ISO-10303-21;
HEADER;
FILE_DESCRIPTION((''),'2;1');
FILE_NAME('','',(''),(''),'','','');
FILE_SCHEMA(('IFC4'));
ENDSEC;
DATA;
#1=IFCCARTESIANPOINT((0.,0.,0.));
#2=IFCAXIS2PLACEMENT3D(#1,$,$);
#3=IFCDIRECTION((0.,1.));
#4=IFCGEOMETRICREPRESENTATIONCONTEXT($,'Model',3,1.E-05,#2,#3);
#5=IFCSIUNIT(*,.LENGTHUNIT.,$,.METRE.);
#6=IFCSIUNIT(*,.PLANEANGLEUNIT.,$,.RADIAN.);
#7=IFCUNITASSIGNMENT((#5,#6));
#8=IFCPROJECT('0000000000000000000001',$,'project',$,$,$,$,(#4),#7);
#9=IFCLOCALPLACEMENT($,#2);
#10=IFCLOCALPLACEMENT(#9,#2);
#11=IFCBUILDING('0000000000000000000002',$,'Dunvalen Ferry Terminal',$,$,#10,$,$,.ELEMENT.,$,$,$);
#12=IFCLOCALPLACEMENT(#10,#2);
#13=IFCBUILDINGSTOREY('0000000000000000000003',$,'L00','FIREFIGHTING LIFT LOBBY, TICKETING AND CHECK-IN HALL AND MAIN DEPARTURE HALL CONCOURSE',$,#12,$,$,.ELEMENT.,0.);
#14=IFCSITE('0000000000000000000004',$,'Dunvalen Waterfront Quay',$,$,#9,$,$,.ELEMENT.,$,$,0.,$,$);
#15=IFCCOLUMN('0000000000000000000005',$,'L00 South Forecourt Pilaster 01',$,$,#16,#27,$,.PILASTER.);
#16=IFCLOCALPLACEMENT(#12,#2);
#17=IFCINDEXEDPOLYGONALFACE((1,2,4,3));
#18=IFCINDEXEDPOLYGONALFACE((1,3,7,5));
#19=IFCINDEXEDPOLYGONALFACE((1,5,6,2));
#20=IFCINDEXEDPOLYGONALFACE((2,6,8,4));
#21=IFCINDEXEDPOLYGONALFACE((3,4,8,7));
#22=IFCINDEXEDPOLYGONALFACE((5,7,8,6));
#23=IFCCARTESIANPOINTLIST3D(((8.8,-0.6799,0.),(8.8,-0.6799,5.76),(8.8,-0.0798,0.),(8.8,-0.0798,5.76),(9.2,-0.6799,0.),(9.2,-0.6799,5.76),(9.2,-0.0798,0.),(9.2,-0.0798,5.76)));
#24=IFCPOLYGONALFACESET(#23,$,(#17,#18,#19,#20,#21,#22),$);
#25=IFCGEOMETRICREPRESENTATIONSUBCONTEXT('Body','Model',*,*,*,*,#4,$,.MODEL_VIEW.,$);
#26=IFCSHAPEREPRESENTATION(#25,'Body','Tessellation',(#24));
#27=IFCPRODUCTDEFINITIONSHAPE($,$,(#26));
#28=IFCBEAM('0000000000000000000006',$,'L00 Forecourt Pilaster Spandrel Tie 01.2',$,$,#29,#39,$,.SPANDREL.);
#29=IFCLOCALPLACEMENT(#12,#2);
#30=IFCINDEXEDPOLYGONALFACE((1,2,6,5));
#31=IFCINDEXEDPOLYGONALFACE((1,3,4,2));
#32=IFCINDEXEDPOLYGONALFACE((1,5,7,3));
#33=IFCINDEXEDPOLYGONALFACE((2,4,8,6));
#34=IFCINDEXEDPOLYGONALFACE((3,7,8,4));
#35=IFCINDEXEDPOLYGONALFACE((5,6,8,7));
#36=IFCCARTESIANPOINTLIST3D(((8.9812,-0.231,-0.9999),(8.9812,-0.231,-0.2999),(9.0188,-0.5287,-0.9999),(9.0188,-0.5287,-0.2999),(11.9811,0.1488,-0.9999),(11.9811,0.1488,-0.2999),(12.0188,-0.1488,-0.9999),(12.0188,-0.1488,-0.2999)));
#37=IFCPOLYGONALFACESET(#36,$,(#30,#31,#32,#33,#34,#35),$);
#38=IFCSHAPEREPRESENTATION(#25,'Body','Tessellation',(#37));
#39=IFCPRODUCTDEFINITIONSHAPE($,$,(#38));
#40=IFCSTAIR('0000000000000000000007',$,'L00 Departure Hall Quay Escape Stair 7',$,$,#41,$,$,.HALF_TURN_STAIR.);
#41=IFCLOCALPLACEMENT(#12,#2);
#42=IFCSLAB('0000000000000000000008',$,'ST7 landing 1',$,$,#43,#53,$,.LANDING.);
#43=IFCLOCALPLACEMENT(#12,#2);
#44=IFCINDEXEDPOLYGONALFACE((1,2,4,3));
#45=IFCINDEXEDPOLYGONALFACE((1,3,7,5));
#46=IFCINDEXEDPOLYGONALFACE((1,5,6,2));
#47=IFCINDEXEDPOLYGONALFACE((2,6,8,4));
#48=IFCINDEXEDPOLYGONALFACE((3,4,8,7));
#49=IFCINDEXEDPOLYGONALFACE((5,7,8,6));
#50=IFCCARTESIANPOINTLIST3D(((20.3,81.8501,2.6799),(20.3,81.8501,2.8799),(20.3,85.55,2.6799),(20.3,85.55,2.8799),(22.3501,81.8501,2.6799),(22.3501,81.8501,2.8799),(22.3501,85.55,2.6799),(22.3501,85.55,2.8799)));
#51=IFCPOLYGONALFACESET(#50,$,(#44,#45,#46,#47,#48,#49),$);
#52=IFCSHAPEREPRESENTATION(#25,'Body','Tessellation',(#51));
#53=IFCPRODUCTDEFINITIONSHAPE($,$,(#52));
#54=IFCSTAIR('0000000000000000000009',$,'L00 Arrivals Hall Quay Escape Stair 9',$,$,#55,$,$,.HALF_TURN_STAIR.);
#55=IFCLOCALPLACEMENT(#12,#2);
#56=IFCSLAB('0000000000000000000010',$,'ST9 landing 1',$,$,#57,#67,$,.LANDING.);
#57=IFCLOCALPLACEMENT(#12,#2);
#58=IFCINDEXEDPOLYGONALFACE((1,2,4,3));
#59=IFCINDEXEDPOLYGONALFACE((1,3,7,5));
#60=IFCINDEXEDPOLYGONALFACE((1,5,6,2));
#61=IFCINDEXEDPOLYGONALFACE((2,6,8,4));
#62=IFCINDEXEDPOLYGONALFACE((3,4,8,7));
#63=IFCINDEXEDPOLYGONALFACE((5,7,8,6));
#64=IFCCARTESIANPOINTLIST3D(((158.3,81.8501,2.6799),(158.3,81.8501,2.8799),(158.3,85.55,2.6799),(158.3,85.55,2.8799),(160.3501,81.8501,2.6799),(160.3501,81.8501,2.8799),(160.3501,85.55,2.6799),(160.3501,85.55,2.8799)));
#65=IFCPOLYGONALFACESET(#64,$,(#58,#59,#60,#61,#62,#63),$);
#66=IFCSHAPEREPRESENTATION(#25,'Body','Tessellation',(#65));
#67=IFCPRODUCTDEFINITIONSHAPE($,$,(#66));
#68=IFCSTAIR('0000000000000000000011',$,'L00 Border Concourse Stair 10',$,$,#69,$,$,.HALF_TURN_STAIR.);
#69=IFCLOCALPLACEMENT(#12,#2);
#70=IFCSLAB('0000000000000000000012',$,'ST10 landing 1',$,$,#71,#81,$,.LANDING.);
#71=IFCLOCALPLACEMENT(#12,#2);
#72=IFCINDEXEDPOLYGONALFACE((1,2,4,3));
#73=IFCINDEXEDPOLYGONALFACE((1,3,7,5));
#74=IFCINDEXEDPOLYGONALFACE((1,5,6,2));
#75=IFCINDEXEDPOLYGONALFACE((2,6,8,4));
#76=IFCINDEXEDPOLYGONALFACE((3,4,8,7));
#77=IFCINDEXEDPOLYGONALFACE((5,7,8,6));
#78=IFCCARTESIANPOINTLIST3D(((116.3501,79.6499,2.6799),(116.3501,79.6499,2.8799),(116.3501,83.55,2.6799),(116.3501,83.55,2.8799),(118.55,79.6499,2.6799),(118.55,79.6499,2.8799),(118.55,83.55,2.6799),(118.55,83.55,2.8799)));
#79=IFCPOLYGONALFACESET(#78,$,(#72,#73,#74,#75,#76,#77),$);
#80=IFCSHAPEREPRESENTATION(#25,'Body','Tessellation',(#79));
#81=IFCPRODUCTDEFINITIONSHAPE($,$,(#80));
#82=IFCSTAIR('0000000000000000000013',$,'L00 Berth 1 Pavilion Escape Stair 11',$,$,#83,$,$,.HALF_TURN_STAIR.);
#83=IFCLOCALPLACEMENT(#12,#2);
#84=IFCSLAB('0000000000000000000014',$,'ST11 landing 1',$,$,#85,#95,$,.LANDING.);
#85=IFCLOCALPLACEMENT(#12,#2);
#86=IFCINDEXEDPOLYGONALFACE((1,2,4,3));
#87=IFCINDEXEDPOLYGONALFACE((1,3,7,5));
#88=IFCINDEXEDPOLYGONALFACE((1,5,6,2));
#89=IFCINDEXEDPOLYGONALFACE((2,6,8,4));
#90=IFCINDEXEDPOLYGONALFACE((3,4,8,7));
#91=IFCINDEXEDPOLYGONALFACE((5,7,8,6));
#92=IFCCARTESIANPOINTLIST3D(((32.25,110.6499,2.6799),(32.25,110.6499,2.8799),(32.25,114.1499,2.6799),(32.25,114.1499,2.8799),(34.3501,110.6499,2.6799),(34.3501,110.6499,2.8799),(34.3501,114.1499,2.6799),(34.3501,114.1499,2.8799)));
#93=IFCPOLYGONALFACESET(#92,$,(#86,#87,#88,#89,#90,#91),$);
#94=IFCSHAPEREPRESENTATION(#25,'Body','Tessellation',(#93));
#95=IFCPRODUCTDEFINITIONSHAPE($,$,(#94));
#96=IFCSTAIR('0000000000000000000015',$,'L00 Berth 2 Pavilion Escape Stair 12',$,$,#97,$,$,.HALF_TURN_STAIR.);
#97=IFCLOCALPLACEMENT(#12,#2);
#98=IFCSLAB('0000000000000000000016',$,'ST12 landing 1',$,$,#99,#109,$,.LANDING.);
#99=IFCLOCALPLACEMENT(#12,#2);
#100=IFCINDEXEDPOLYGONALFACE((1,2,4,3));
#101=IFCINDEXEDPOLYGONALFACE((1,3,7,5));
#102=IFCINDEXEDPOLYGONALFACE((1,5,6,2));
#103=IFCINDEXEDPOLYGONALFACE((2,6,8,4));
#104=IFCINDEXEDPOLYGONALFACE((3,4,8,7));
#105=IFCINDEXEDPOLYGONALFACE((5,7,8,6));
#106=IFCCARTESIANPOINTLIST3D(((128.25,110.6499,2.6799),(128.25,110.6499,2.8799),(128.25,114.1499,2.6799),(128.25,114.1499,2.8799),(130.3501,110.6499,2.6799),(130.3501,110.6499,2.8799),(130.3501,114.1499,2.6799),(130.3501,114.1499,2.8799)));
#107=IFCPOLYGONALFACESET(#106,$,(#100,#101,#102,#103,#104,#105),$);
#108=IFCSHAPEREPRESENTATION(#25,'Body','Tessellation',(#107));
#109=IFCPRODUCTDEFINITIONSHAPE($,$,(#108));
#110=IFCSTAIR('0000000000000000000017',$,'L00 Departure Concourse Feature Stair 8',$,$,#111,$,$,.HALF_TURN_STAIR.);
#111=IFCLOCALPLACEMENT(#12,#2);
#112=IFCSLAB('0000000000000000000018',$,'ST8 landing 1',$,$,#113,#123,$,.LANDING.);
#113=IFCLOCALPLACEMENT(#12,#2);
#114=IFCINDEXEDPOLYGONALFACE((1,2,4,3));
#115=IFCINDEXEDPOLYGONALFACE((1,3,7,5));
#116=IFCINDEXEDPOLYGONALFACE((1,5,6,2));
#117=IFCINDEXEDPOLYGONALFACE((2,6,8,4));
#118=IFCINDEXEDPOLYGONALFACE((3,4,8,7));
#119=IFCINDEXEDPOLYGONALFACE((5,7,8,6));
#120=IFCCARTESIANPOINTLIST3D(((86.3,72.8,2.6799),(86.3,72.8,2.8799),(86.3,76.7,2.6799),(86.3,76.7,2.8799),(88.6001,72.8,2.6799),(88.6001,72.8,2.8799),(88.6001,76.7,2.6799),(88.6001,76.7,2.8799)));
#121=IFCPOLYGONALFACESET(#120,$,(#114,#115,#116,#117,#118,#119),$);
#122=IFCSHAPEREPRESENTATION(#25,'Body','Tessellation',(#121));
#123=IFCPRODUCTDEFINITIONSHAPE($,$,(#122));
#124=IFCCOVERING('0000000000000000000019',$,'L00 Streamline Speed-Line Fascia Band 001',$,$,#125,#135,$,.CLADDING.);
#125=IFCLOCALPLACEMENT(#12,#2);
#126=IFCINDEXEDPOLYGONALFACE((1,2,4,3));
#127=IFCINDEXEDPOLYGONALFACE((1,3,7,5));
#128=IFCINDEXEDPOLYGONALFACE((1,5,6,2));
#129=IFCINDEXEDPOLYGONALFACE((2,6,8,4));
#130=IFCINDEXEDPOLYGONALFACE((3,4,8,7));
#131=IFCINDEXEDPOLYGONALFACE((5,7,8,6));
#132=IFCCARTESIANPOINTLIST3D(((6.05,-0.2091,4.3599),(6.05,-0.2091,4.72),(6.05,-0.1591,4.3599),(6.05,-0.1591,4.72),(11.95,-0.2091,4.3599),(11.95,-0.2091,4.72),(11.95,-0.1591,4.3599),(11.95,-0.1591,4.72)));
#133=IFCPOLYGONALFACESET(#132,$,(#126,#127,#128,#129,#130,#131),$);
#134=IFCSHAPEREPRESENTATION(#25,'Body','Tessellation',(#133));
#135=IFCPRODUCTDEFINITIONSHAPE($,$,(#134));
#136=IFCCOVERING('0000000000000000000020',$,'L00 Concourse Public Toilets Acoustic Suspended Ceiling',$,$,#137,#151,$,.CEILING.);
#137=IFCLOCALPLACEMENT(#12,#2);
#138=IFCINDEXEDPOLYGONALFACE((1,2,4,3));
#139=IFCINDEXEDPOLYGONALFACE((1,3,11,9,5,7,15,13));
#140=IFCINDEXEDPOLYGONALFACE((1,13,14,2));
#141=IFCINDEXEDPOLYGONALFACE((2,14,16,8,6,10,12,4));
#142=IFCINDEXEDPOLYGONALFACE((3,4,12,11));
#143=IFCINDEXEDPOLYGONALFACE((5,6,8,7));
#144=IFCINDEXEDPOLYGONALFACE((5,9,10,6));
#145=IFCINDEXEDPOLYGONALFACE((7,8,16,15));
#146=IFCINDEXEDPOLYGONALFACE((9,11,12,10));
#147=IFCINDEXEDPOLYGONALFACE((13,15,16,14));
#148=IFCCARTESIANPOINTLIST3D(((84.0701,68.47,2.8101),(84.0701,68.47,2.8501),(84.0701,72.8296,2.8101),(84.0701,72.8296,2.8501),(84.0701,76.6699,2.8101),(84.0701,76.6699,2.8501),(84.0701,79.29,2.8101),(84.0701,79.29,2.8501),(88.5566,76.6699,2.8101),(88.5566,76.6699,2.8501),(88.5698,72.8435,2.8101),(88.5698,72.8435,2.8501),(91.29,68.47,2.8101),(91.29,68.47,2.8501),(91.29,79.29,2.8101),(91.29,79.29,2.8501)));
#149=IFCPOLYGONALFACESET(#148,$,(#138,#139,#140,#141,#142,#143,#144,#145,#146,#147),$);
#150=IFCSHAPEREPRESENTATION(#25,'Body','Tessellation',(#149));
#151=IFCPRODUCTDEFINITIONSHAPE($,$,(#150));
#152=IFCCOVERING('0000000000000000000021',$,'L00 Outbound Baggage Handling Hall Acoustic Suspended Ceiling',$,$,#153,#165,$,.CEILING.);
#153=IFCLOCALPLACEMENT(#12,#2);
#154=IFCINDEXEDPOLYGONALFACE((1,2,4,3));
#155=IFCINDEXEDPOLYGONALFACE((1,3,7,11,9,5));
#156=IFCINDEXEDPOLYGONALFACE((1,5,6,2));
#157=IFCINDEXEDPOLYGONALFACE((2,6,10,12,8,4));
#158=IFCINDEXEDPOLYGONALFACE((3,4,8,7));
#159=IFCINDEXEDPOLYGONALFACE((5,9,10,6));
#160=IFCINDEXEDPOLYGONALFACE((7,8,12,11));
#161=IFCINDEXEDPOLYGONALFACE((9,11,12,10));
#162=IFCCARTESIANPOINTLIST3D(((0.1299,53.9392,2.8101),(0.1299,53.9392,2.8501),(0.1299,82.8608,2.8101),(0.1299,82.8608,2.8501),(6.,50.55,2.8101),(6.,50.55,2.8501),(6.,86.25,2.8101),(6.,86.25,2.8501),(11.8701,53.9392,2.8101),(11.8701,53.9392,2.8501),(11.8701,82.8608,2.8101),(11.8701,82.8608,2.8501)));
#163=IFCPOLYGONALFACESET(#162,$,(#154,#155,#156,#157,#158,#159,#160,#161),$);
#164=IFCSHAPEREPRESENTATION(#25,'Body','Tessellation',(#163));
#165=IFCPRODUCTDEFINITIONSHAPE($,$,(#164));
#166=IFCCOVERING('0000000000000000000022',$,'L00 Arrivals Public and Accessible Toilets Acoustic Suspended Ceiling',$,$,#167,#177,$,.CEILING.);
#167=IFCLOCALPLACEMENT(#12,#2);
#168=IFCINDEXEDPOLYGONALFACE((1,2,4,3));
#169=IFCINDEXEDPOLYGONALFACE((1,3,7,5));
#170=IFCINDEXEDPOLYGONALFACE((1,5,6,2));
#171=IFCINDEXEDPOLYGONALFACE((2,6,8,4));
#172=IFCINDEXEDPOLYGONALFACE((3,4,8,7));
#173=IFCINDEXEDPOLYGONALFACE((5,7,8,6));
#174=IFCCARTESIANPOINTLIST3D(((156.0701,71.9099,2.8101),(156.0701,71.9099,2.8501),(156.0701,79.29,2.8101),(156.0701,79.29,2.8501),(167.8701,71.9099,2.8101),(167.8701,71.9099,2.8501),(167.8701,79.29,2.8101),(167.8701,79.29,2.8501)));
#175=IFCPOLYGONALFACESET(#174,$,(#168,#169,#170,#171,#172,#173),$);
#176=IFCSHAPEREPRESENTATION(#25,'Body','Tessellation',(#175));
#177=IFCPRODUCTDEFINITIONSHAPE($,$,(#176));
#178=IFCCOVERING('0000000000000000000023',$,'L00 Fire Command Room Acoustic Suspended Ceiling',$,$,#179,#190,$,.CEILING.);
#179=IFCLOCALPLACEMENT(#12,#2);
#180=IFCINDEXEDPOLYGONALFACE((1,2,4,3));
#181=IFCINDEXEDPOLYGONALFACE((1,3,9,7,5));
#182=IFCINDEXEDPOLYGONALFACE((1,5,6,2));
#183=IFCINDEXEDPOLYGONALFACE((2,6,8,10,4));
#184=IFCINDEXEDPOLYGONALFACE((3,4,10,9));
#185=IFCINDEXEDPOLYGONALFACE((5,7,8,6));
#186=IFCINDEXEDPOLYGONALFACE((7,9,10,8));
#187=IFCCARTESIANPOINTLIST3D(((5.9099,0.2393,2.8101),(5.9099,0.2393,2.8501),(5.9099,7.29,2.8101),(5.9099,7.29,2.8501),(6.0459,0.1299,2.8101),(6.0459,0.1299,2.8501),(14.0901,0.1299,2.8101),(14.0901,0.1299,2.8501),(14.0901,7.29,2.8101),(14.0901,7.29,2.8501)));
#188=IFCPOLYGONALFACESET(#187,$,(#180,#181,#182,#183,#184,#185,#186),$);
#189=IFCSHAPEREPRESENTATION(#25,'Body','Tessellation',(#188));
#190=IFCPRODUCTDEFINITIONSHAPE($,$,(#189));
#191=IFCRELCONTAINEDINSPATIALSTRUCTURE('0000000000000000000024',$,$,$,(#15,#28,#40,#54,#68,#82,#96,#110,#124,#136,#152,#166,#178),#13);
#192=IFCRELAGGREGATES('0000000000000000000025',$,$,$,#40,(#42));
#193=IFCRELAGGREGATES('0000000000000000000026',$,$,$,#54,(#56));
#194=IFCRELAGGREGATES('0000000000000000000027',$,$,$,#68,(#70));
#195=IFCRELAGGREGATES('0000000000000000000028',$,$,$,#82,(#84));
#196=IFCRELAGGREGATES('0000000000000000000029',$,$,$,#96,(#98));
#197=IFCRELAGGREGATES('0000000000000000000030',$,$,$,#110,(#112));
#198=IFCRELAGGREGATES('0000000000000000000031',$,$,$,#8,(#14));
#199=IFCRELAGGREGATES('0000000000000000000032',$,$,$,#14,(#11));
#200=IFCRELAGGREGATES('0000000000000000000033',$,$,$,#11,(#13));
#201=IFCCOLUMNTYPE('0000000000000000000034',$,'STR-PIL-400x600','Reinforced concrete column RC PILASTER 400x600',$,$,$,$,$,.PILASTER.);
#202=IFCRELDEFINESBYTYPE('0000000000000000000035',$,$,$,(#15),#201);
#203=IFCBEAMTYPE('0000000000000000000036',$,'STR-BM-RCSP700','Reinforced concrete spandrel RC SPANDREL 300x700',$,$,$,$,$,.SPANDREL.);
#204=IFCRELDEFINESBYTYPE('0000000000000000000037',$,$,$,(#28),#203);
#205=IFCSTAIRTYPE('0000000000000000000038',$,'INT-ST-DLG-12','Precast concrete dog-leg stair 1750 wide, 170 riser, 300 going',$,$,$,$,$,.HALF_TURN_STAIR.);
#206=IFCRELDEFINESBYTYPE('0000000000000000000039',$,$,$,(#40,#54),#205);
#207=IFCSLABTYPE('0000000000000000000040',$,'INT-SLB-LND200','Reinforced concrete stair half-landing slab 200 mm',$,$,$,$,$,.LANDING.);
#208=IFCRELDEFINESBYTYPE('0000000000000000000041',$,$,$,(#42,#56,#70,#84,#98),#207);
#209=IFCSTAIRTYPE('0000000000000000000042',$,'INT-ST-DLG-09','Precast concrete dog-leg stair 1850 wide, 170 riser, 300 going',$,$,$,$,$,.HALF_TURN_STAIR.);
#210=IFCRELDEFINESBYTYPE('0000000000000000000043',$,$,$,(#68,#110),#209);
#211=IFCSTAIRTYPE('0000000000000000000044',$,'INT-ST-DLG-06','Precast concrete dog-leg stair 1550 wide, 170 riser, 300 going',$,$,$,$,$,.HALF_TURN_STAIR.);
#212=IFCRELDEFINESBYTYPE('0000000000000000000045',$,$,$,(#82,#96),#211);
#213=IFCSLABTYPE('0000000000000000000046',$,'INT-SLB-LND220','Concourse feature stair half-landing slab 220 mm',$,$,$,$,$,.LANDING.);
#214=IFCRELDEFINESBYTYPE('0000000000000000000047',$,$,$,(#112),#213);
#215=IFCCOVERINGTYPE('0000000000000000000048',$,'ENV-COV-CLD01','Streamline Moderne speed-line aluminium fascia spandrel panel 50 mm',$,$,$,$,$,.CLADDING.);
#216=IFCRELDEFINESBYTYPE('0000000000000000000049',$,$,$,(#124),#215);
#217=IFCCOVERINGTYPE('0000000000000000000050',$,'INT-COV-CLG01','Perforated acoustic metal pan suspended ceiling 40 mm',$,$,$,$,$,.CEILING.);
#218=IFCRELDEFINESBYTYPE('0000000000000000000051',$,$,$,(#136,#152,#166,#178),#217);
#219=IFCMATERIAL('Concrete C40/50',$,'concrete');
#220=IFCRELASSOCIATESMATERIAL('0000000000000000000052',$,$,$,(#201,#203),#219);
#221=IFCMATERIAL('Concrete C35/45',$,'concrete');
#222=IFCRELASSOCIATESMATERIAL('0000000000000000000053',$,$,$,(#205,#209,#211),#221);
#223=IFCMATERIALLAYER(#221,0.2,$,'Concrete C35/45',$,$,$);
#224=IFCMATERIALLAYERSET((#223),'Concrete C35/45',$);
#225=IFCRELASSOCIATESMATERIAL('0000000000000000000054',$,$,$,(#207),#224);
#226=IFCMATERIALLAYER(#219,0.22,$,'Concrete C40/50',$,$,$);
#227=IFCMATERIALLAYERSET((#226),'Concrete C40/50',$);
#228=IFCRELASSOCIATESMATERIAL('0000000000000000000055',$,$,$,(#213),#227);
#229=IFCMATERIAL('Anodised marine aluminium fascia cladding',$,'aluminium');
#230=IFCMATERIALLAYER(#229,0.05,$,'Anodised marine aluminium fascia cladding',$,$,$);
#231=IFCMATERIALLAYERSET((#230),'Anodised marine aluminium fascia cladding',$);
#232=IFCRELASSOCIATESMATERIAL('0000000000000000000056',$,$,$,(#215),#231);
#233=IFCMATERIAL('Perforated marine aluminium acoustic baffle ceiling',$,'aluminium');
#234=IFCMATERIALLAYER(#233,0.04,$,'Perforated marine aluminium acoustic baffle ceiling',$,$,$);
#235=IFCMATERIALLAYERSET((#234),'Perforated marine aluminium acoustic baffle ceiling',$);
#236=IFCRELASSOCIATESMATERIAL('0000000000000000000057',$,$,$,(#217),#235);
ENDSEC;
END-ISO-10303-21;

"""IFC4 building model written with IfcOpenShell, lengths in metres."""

from ifc_helpers import new_model, si_unit, direction, frame, origin, origin_2d, place, context, subcontext, project, spatial, polyline, rectangle, outline, extrude, material, layer, layer_set, material_profile, profile_set, type_object, element, aggregate, save


model = new_model("IFC4")

# Units and contexts
model_context = context("Model", 3, precision=1e-05, world=origin(), true_north=direction((0.0, 1.0)))
body_context = subcontext(model_context, "Body", "Model", "MODEL_VIEW")
ifc_project = project(units=[si_unit("LENGTHUNIT", "METRE"), si_unit("PLANEANGLEUNIT", "RADIAN")], contexts=[model_context])

# Site, building, storey
site_placement = place(None, origin())
site = spatial("IfcSite", under=ifc_project, at=site_placement, Name="Dunvalen Waterfront Quay", CompositionType="ELEMENT", RefElevation=0.0)
building_placement = place(site_placement, origin())
building = spatial("IfcBuilding", under=site, at=building_placement, Name="Dunvalen Ferry Terminal", CompositionType="ELEMENT")
storey_placement = place(building_placement, origin())
storey = spatial("IfcBuildingStorey", under=building, at=storey_placement, Name="L00", Description="FIREFIGHTING LIFT LOBBY, TICKETING AND CHECK-IN HALL AND MAIN DEPARTURE HALL CONCOURSE", CompositionType="ELEMENT", Elevation=0.0)

# Column
ifc_material_1 = material(Name="Concrete C40/50", Category="concrete")
ifc_material_profile_1 = material_profile(ifc_material_1, rectangle(XDim=0.3999, YDim=0.6001, at=origin_2d()), Name="Concrete C40/50")
ifc_profile_set_1 = profile_set([ifc_material_profile_1], Name="Concrete C40/50")
column_type = type_object("IfcColumnType", Name="STR-PIL-400x600", Description="Reinforced concrete column RC PILASTER 400x600", PredefinedType="PILASTER", material=ifc_profile_set_1)
column_placement = place(storey_placement, frame((9.0, -0.3799, 0.0), z_axis=(0.0, 0.0, 1.0), x_axis=(1.0, 0.0, 0.0)))
element("IfcColumn", 1, at=column_placement, inside=storey, type_object=column_type, Name="L00 South Forecourt Pilaster 01", PredefinedType="PILASTER", context=body_context, shape_type="SweptSolid", body=[
    extrude(rectangle(XDim=0.3999, YDim=0.6001, at=origin_2d()), origin(), (0.0, 0.0, 1.0), 5.76),
])

# Beam
ifc_material_profile_2 = material_profile(ifc_material_1, rectangle(XDim=0.3, YDim=0.7, at=origin_2d()), Name="Concrete C40/50")
ifc_profile_set_2 = profile_set([ifc_material_profile_2], Name="Concrete C40/50")
beam_type = type_object("IfcBeamType", Name="STR-BM-RCSP700", Description="Reinforced concrete spandrel RC SPANDREL 300x700", PredefinedType="SPANDREL", material=ifc_profile_set_2)
beam_placement = place(storey_placement, frame((9.0, -0.3799, -0.6499), z_axis=(0.992078, 0.125624, 0.0), x_axis=(-0.125624, 0.992078, 0.0)))
element("IfcBeam", 2, at=beam_placement, inside=storey, type_object=beam_type, Name="L00 Forecourt Pilaster Spandrel Tie 01.2", PredefinedType="SPANDREL", context=body_context, shape_type="SweptSolid", body=[
    extrude(rectangle(XDim=0.3, YDim=0.7, at=origin_2d()), origin(), (0.0, 0.0, 1.0), 3.0239),
])

# Stairs, slabs
ifc_material_2 = material(Name="Concrete C35/45", Category="concrete")
stair_type_1 = type_object("IfcStairType", Name="INT-ST-DLG-12", Description="Precast concrete dog-leg stair 1750 wide, 170 riser, 300 going", PredefinedType="HALF_TURN_STAIR", material=ifc_material_2)
stair_1_placement = place(storey_placement, origin())
stair_1 = element("IfcStair", 3, at=stair_1_placement, inside=storey, type_object=stair_type_1, Name="L00 Departure Hall Quay Escape Stair 7", PredefinedType="HALF_TURN_STAIR")
ifc_layer_1 = layer(ifc_material_2, 0.2, Name="Concrete C35/45")
ifc_layer_set_1 = layer_set([ifc_layer_1], Name="Concrete C35/45")
slab_type_1 = type_object("IfcSlabType", Name="INT-SLB-LND200", Description="Reinforced concrete stair half-landing slab 200 mm", PredefinedType="LANDING", material=ifc_layer_set_1)
slab_1_placement = place(storey_placement, frame((0.0, 0.0, 2.6799)))
slab_1 = element("IfcSlab", 4, at=slab_1_placement, type_object=slab_type_1, Name="ST7 landing 1", PredefinedType="LANDING", context=body_context, shape_type="SweptSolid", body=[
    extrude(outline(polyline([(20.3, 81.8501), (22.3501, 81.8501), (22.3501, 85.55), (20.3, 85.55), (20.3, 81.8501)])), origin(), (0.0, 0.0, 1.0), 0.2),
])
aggregate(stair_1, [slab_1])
stair_2_placement = place(storey_placement, origin())
stair_2 = element("IfcStair", 5, at=stair_2_placement, inside=storey, type_object=stair_type_1, Name="L00 Arrivals Hall Quay Escape Stair 9", PredefinedType="HALF_TURN_STAIR")
slab_2_placement = place(storey_placement, frame((0.0, 0.0, 2.6799)))
slab_2 = element("IfcSlab", 6, at=slab_2_placement, type_object=slab_type_1, Name="ST9 landing 1", PredefinedType="LANDING", context=body_context, shape_type="SweptSolid", body=[
    extrude(outline(polyline([(158.3, 81.8501), (160.3501, 81.8501), (160.3501, 85.55), (158.3, 85.55), (158.3, 81.8501)])), origin(), (0.0, 0.0, 1.0), 0.2),
])
aggregate(stair_2, [slab_2])
stair_type_2 = type_object("IfcStairType", Name="INT-ST-DLG-09", Description="Precast concrete dog-leg stair 1850 wide, 170 riser, 300 going", PredefinedType="HALF_TURN_STAIR", material=ifc_material_2)
stair_3_placement = place(storey_placement, origin())
stair_3 = element("IfcStair", 7, at=stair_3_placement, inside=storey, type_object=stair_type_2, Name="L00 Border Concourse Stair 10", PredefinedType="HALF_TURN_STAIR")
slab_3_placement = place(storey_placement, frame((0.0, 0.0, 2.6799)))
slab_3 = element("IfcSlab", 8, at=slab_3_placement, type_object=slab_type_1, Name="ST10 landing 1", PredefinedType="LANDING", context=body_context, shape_type="SweptSolid", body=[
    extrude(outline(polyline([(116.3501, 79.6499), (118.55, 79.6499), (118.55, 83.55), (116.3501, 83.55), (116.3501, 79.6499)])), origin(), (0.0, 0.0, 1.0), 0.2),
])
aggregate(stair_3, [slab_3])
stair_type_3 = type_object("IfcStairType", Name="INT-ST-DLG-06", Description="Precast concrete dog-leg stair 1550 wide, 170 riser, 300 going", PredefinedType="HALF_TURN_STAIR", material=ifc_material_2)
stair_4_placement = place(storey_placement, origin())
stair_4 = element("IfcStair", 9, at=stair_4_placement, inside=storey, type_object=stair_type_3, Name="L00 Berth 1 Pavilion Escape Stair 11", PredefinedType="HALF_TURN_STAIR")
slab_4_placement = place(storey_placement, frame((0.0, 0.0, 2.6799)))
slab_4 = element("IfcSlab", 10, at=slab_4_placement, type_object=slab_type_1, Name="ST11 landing 1", PredefinedType="LANDING", context=body_context, shape_type="SweptSolid", body=[
    extrude(outline(polyline([(32.25, 110.6499), (34.3501, 110.6499), (34.3501, 114.1499), (32.25, 114.1499), (32.25, 110.6499)])), origin(), (0.0, 0.0, 1.0), 0.2),
])
aggregate(stair_4, [slab_4])
stair_5_placement = place(storey_placement, origin())
stair_5 = element("IfcStair", 11, at=stair_5_placement, inside=storey, type_object=stair_type_3, Name="L00 Berth 2 Pavilion Escape Stair 12", PredefinedType="HALF_TURN_STAIR")
slab_5_placement = place(storey_placement, frame((0.0, 0.0, 2.6799)))
slab_5 = element("IfcSlab", 12, at=slab_5_placement, type_object=slab_type_1, Name="ST12 landing 1", PredefinedType="LANDING", context=body_context, shape_type="SweptSolid", body=[
    extrude(outline(polyline([(128.25, 110.6499), (130.3501, 110.6499), (130.3501, 114.1499), (128.25, 114.1499), (128.25, 110.6499)])), origin(), (0.0, 0.0, 1.0), 0.2),
])
aggregate(stair_5, [slab_5])
stair_6_placement = place(storey_placement, origin())
stair_6 = element("IfcStair", 13, at=stair_6_placement, inside=storey, type_object=stair_type_2, Name="L00 Departure Concourse Feature Stair 8", PredefinedType="HALF_TURN_STAIR")
ifc_layer_2 = layer(ifc_material_1, 0.22, Name="Concrete C40/50")
ifc_layer_set_2 = layer_set([ifc_layer_2], Name="Concrete C40/50")
slab_type_2 = type_object("IfcSlabType", Name="INT-SLB-LND220", Description="Concourse feature stair half-landing slab 220 mm", PredefinedType="LANDING", material=ifc_layer_set_2)
slab_6_placement = place(storey_placement, frame((0.0, 0.0, 2.6799)))
slab_6 = element("IfcSlab", 14, at=slab_6_placement, type_object=slab_type_2, Name="ST8 landing 1", PredefinedType="LANDING", context=body_context, shape_type="SweptSolid", body=[
    extrude(outline(polyline([(86.3, 72.8), (88.6001, 72.8), (88.6001, 76.7), (86.3, 76.7), (86.3, 72.8)])), origin(), (0.0, 0.0, 1.0), 0.2),
])
aggregate(stair_6, [slab_6])

# Coverings
ifc_material_3 = material(Name="Anodised marine aluminium fascia cladding", Category="aluminium")
ifc_layer_3 = layer(ifc_material_3, 0.05, Name="Anodised marine aluminium fascia cladding")
ifc_layer_set_3 = layer_set([ifc_layer_3], Name="Anodised marine aluminium fascia cladding")
covering_type_1 = type_object("IfcCoveringType", Name="ENV-COV-CLD01", Description="Streamline Moderne speed-line aluminium fascia spandrel panel 50 mm", PredefinedType="CLADDING", material=ifc_layer_set_3)
covering_1_placement = place(storey_placement, frame((9.0, -0.1841, 4.3599), z_axis=(0.0, 0.0, 1.0), x_axis=(1.0, 0.0, 0.0)))
element("IfcCovering", 15, at=covering_1_placement, inside=storey, type_object=covering_type_1, Name="L00 Streamline Speed-Line Fascia Band 001", PredefinedType="CLADDING", context=body_context, shape_type="SweptSolid", body=[
    extrude(rectangle(XDim=5.8999, YDim=0.05, at=origin_2d()), origin(), (0.0, 0.0, 1.0), 0.3601),
])
ifc_material_4 = material(Name="Perforated marine aluminium acoustic baffle ceiling", Category="aluminium")
ifc_layer_4 = layer(ifc_material_4, 0.04, Name="Perforated marine aluminium acoustic baffle ceiling")
ifc_layer_set_4 = layer_set([ifc_layer_4], Name="Perforated marine aluminium acoustic baffle ceiling")
covering_type_2 = type_object("IfcCoveringType", Name="INT-COV-CLG01", Description="Perforated acoustic metal pan suspended ceiling 40 mm", PredefinedType="CEILING", material=ifc_layer_set_4)
covering_2_placement = place(storey_placement, frame((0.0, 0.0, 2.8101)))
element("IfcCovering", 16, at=covering_2_placement, inside=storey, type_object=covering_type_2, Name="L00 Concourse Public Toilets Acoustic Suspended Ceiling", PredefinedType="CEILING", context=body_context, shape_type="SweptSolid", body=[
    extrude(outline(polyline([(88.5698, 72.8435), (84.0701, 72.8296), (84.0701, 68.47), (91.29, 68.47), (91.29, 79.29), (84.0701, 79.29), (84.0701, 76.6699), (88.5566, 76.6699), (88.5698, 72.8435)])), origin(), (0.0, 0.0, 1.0), 0.04),
])
covering_3_placement = place(storey_placement, frame((0.0, 0.0, 2.8101)))
element("IfcCovering", 17, at=covering_3_placement, inside=storey, type_object=covering_type_2, Name="L00 Outbound Baggage Handling Hall Acoustic Suspended Ceiling", PredefinedType="CEILING", context=body_context, shape_type="SweptSolid", body=[
    extrude(outline(polyline([(11.8701, 82.8608), (6.0, 86.25), (0.1299, 82.8608), (0.1299, 53.9392), (6.0, 50.55), (11.8701, 53.9392), (11.8701, 82.8608)])), origin(), (0.0, 0.0, 1.0), 0.04),
])
covering_4_placement = place(storey_placement, frame((0.0, 0.0, 2.8101)))
element("IfcCovering", 18, at=covering_4_placement, inside=storey, type_object=covering_type_2, Name="L00 Arrivals Public and Accessible Toilets Acoustic Suspended Ceiling", PredefinedType="CEILING", context=body_context, shape_type="SweptSolid", body=[
    extrude(outline(polyline([(156.0701, 79.29), (156.0701, 71.9099), (167.8701, 71.9099), (167.8701, 79.29), (156.0701, 79.29)])), origin(), (0.0, 0.0, 1.0), 0.04),
])
covering_5_placement = place(storey_placement, frame((0.0, 0.0, 2.8101)))
element("IfcCovering", 19, at=covering_5_placement, inside=storey, type_object=covering_type_2, Name="L00 Fire Command Room Acoustic Suspended Ceiling", PredefinedType="CEILING", context=body_context, shape_type="SweptSolid", body=[
    extrude(outline(polyline([(5.9099, 7.29), (5.9099, 0.2393), (6.0459, 0.1299), (14.0901, 0.1299), (14.0901, 7.29), (5.9099, 7.29)])), origin(), (0.0, 0.0, 1.0), 0.04),
])

save(model, "model.ifc")
